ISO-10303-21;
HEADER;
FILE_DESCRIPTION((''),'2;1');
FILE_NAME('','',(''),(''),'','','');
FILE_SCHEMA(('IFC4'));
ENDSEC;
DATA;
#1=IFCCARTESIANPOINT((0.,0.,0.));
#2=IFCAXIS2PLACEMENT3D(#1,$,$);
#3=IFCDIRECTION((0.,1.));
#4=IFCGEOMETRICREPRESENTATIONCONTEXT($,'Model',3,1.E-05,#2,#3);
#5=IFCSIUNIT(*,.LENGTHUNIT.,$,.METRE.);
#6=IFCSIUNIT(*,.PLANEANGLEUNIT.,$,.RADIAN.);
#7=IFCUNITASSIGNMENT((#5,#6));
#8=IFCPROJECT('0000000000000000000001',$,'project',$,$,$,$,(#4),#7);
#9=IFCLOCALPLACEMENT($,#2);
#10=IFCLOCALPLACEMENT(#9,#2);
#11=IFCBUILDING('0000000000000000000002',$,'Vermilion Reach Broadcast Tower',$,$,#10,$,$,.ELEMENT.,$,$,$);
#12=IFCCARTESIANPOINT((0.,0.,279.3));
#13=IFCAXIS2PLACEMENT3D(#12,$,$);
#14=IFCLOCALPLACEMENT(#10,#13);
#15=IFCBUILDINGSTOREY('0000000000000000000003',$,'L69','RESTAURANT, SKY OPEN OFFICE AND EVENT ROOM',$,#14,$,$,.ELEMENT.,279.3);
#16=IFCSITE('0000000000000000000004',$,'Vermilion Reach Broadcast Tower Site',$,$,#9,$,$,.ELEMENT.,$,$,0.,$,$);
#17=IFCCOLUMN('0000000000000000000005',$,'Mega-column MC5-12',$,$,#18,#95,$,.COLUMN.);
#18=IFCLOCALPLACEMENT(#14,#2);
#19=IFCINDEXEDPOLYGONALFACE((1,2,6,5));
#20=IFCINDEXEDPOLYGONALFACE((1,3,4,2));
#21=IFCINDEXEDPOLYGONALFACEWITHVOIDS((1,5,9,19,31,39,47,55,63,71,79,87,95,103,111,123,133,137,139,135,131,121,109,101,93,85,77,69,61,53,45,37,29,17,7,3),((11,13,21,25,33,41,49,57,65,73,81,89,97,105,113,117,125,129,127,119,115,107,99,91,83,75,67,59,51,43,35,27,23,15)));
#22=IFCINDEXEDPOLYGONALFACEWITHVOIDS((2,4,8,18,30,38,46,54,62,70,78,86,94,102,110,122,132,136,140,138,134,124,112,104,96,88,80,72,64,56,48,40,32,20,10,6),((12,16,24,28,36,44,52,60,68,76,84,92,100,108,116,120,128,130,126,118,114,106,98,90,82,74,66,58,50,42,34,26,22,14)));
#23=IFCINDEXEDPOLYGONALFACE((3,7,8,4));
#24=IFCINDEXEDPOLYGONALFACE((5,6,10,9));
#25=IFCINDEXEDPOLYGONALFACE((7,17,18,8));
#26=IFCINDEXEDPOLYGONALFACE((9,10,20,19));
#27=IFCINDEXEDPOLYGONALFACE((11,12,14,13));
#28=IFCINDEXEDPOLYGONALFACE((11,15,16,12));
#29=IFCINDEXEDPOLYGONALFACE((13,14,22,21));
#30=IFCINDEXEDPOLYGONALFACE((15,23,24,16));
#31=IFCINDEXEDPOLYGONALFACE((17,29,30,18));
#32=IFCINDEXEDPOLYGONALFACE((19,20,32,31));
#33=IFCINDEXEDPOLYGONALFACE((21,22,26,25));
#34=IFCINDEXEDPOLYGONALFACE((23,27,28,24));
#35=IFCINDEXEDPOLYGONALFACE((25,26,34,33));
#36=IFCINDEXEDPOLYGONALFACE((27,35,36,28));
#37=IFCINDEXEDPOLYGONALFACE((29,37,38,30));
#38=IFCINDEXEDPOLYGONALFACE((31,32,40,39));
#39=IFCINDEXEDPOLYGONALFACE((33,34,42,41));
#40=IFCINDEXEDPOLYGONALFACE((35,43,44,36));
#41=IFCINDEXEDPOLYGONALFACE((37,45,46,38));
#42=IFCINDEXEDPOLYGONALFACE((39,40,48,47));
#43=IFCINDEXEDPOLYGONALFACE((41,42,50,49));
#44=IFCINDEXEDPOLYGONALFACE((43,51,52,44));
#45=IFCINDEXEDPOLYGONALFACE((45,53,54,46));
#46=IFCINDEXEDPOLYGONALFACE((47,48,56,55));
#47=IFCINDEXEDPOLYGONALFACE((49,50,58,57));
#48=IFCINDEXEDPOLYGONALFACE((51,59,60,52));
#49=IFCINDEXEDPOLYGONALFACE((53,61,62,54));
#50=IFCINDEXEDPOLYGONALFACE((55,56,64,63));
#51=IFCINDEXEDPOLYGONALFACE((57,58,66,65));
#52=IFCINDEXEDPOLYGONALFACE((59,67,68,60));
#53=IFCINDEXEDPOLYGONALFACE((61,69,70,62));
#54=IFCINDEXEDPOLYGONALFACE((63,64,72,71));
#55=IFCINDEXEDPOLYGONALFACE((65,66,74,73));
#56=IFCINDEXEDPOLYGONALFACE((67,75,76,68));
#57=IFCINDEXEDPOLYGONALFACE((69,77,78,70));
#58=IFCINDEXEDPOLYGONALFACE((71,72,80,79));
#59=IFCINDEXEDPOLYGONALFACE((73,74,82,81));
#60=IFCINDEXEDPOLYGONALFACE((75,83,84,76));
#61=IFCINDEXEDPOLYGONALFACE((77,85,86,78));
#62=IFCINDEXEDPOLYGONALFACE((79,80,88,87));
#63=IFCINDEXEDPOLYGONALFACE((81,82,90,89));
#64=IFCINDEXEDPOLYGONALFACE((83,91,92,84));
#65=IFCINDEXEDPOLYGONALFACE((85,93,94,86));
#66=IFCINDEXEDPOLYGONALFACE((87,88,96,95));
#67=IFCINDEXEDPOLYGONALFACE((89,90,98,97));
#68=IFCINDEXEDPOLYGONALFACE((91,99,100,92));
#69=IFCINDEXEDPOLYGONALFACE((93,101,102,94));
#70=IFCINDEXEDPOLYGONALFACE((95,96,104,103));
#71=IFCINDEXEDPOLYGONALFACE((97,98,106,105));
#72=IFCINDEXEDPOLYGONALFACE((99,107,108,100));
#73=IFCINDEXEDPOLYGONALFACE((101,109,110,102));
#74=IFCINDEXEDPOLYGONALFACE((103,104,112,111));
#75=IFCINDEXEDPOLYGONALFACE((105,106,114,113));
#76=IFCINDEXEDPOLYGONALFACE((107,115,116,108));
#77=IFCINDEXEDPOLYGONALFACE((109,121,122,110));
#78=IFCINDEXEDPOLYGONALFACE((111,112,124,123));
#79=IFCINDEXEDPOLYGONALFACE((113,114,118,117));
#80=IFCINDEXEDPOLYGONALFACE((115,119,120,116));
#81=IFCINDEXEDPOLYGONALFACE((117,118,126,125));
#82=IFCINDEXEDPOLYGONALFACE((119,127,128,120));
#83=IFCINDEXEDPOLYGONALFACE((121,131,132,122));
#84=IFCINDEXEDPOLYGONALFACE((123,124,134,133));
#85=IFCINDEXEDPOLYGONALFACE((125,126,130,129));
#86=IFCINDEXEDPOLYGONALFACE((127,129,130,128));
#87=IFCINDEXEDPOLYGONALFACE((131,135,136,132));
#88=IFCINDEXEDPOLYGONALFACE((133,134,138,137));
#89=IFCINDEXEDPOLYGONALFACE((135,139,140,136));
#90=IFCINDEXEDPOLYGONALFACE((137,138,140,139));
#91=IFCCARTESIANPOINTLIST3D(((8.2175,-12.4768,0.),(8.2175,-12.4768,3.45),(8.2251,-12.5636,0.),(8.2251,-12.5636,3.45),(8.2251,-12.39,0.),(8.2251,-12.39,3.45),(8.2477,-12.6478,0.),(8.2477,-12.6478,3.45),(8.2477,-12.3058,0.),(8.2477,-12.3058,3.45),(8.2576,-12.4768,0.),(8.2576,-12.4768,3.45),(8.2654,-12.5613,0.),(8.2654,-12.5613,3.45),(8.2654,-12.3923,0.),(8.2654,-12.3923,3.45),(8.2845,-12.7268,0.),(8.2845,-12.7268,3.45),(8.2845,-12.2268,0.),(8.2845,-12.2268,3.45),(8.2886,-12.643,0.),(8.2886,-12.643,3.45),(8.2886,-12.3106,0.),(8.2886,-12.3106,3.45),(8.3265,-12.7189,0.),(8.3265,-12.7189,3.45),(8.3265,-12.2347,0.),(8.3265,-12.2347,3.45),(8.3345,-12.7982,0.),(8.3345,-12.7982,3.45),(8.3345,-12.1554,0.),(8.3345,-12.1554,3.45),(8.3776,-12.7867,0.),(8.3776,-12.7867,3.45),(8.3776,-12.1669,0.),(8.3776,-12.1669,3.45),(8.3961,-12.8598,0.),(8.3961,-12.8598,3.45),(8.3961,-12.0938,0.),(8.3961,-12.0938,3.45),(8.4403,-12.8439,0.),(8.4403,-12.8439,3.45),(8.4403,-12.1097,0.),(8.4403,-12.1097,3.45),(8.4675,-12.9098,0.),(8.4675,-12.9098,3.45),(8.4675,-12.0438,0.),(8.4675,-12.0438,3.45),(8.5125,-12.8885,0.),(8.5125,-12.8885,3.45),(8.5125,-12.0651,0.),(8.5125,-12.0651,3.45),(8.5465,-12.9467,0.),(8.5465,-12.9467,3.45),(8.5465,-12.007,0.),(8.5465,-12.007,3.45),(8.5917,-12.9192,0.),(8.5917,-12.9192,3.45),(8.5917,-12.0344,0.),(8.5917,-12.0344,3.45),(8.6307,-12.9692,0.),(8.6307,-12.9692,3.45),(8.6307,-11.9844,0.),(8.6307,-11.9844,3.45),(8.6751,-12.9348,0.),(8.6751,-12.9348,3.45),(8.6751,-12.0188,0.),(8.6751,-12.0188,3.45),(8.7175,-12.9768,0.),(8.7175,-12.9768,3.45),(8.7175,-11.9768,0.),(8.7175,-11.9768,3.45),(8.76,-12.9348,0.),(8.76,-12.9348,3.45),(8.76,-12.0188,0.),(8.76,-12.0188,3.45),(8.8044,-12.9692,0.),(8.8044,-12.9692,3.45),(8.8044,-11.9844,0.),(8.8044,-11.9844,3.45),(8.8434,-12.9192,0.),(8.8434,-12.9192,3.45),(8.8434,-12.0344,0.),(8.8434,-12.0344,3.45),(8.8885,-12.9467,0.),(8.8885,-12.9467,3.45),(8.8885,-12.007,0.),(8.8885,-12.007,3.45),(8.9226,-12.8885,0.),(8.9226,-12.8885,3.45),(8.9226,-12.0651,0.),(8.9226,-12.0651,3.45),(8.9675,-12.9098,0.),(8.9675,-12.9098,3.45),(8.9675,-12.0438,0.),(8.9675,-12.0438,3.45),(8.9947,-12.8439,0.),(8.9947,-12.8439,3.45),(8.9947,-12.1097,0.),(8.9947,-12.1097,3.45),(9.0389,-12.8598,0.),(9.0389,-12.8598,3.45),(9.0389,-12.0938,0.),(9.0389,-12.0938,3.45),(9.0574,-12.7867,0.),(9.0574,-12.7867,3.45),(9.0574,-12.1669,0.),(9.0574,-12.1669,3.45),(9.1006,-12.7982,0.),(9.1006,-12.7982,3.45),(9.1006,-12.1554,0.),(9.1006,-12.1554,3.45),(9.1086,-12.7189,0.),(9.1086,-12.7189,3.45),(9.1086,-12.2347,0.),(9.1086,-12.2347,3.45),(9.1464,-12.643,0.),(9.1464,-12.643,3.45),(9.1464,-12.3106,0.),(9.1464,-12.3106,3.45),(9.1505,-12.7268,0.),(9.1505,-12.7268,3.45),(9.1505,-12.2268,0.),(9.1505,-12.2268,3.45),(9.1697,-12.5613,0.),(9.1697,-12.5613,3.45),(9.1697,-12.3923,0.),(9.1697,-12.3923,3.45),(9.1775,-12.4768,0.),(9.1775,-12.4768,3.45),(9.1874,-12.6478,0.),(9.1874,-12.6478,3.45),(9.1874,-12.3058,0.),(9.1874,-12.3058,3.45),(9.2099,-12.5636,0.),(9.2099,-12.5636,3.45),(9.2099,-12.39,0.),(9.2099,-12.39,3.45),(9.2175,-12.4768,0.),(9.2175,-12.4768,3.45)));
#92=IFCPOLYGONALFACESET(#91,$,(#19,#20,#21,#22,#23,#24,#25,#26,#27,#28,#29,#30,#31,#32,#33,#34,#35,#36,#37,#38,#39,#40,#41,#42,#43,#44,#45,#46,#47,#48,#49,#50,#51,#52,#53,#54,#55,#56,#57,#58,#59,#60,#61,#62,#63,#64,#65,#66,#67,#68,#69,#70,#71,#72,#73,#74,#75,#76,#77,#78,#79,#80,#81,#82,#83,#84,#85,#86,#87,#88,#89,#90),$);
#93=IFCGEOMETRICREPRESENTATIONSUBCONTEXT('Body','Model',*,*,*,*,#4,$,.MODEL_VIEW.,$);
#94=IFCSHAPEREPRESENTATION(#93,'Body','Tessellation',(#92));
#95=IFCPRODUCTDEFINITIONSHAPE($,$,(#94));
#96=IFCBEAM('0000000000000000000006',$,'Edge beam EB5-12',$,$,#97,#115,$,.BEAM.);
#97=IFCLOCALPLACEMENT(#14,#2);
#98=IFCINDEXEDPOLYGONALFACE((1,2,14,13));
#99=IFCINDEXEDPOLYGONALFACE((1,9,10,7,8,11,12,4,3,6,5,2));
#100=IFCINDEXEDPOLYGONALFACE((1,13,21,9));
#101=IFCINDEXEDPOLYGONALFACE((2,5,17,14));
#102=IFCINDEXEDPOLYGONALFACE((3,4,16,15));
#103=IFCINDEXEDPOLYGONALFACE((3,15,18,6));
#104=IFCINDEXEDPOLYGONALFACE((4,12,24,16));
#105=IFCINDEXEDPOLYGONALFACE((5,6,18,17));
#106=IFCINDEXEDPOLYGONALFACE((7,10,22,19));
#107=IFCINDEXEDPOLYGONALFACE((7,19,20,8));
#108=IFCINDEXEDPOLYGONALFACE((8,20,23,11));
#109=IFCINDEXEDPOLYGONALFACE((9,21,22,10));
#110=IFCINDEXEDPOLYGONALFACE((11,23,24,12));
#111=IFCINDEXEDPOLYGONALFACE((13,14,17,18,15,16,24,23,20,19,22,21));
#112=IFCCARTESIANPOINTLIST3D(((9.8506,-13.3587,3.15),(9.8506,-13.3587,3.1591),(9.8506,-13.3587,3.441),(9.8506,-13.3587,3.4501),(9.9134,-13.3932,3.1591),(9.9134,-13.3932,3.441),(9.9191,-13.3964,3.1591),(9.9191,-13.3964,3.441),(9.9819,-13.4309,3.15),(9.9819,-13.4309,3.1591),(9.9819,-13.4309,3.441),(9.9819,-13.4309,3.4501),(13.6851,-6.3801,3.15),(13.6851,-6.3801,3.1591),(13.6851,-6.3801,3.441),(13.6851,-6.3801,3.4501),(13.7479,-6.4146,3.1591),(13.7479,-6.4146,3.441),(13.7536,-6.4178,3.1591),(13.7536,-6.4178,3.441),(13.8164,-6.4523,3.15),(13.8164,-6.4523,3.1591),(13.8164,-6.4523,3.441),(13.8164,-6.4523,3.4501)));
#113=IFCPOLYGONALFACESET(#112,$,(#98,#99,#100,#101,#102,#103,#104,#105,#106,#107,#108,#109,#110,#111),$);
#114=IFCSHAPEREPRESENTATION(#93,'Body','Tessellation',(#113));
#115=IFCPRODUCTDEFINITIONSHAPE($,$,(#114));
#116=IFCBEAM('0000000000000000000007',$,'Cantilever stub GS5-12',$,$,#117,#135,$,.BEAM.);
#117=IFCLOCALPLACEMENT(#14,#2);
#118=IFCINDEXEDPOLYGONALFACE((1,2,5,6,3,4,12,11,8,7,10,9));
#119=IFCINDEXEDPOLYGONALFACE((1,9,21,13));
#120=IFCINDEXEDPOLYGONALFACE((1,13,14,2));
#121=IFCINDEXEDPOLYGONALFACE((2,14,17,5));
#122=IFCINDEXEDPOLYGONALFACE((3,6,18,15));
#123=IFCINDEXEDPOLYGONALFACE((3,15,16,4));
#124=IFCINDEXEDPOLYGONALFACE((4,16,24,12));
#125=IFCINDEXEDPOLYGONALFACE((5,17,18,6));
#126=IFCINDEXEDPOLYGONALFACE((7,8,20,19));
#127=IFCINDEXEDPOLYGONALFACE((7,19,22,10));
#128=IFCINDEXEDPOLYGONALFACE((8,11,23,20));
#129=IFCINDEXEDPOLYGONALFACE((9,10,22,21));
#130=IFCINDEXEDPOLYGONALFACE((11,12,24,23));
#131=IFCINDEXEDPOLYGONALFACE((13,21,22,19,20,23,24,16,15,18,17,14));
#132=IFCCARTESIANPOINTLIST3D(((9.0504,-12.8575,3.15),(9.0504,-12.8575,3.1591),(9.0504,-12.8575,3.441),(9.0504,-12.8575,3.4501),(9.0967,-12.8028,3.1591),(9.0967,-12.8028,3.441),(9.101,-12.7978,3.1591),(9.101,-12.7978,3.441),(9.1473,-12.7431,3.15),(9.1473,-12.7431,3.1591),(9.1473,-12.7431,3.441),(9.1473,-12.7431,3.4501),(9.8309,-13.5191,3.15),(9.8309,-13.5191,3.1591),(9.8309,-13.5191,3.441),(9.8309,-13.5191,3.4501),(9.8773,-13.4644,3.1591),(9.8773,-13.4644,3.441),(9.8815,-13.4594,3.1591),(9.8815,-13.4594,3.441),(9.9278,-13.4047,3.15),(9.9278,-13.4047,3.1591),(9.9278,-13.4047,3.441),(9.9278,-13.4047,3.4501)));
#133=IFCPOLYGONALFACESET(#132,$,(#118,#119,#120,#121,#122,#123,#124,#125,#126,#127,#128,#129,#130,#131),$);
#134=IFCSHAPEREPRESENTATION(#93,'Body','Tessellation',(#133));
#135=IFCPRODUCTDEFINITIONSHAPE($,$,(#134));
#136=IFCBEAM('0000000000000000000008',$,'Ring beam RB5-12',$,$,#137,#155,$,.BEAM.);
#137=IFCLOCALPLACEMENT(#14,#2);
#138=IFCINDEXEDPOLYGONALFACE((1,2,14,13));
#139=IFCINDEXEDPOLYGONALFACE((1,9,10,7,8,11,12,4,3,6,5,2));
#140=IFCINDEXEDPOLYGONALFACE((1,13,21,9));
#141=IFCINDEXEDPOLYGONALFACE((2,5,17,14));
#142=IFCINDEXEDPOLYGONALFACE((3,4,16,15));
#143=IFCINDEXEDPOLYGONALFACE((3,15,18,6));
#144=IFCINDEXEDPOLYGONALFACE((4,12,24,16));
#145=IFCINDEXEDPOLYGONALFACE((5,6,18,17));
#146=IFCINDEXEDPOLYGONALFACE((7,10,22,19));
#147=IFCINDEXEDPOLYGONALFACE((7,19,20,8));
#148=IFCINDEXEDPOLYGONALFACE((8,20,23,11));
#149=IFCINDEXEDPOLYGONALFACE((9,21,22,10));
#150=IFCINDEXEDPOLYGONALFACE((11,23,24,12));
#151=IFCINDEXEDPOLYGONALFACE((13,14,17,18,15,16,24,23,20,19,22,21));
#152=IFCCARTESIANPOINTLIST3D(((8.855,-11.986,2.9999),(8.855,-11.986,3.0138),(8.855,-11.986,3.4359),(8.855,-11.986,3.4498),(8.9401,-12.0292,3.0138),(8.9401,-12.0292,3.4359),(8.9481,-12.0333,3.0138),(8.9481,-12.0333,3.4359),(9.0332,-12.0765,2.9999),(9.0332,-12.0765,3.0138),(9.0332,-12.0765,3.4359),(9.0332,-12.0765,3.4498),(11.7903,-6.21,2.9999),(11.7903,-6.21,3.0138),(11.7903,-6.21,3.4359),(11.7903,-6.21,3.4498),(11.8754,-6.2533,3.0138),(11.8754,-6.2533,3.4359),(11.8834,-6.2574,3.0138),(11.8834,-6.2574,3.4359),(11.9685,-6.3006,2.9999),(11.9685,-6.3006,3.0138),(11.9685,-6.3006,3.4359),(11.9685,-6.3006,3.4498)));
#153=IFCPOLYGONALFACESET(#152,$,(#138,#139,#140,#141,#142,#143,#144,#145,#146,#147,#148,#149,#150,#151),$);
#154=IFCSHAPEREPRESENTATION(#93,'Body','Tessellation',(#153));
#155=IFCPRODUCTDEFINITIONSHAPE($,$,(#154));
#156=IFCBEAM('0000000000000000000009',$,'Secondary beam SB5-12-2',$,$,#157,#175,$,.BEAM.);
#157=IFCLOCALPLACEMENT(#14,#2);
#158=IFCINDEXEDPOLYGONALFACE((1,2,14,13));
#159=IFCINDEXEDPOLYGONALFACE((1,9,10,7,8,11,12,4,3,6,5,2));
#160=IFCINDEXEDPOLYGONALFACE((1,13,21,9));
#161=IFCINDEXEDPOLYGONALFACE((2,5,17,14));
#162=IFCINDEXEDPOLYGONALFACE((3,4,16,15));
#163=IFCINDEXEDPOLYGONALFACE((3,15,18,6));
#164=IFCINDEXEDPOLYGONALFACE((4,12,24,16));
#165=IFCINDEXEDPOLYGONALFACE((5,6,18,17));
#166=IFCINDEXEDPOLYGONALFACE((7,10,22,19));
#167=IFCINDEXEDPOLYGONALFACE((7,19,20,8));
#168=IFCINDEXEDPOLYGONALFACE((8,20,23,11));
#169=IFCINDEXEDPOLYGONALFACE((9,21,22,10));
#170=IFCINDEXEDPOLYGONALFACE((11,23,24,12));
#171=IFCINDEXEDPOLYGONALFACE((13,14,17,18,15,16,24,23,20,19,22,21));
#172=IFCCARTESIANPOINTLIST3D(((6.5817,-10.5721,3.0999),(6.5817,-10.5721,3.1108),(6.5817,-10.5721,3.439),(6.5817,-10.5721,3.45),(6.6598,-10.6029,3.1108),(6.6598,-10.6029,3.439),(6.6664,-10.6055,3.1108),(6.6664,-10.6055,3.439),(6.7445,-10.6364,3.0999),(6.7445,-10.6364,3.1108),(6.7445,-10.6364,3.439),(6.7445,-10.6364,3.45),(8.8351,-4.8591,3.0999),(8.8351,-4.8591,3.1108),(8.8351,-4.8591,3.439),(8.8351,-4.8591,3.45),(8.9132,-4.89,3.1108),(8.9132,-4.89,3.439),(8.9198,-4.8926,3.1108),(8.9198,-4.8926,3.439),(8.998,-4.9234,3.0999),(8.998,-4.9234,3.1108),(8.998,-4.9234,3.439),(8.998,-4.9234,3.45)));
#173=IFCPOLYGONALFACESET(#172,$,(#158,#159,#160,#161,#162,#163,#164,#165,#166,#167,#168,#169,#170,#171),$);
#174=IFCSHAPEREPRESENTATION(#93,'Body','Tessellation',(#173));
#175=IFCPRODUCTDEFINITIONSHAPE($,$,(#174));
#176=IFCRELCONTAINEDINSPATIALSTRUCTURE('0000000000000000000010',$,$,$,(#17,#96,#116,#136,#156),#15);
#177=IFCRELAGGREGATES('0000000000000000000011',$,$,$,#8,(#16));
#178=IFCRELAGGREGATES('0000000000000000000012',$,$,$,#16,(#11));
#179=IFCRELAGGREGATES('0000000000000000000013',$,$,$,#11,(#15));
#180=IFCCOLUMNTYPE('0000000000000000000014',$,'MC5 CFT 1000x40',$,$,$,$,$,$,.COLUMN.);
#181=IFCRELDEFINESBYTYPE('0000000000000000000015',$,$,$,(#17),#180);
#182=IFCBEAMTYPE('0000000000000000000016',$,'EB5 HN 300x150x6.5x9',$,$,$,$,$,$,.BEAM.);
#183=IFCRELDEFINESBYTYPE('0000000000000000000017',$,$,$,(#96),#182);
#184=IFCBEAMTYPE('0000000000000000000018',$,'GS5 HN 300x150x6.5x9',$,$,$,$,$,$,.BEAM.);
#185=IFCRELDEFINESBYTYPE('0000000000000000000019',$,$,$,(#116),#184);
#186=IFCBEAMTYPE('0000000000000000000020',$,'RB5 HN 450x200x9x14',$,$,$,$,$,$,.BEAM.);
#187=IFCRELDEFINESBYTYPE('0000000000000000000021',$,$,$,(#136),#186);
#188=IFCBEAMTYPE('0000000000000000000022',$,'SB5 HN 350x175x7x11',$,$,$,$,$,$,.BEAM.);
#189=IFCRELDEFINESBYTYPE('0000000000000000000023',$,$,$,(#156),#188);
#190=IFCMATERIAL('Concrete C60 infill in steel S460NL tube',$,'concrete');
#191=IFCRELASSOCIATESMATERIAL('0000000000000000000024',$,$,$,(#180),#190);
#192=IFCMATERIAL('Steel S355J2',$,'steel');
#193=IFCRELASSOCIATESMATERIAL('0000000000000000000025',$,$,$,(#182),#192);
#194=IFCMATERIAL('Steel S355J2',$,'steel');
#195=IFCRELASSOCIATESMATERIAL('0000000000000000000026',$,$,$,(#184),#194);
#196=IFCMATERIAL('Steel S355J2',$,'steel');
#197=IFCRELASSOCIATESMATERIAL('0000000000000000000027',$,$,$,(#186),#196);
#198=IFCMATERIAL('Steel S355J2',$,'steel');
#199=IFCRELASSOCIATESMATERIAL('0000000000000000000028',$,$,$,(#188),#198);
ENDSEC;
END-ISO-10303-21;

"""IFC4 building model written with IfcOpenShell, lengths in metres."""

from ifc_helpers import new_model, si_unit, direction, frame, origin, origin_2d, place, context, subcontext, project, spatial, hollow_circle, i_section, extrude, material, material_profile, profile_set, type_object, element, save


model = new_model("IFC4")

# Units and contexts
model_context = context("Model", 3, precision=1e-05, world=origin(), true_north=direction((0.0, 1.0)))
body_context = subcontext(model_context, "Body", "Model", "MODEL_VIEW")
ifc_project = project(units=[si_unit("LENGTHUNIT", "METRE"), si_unit("PLANEANGLEUNIT", "RADIAN")], contexts=[model_context])

# Site, building, storey
site_placement = place(None, origin())
site = spatial("IfcSite", under=ifc_project, at=site_placement, Name="Vermilion Reach Broadcast Tower Site", CompositionType="ELEMENT", RefElevation=0.0)
building_placement = place(site_placement, origin())
building = spatial("IfcBuilding", under=site, at=building_placement, Name="Vermilion Reach Broadcast Tower", CompositionType="ELEMENT")
storey_placement = place(building_placement, frame((0.0, 0.0, 279.3)))
storey = spatial("IfcBuildingStorey", under=building, at=storey_placement, Name="L69", Description="RESTAURANT, SKY OPEN OFFICE AND EVENT ROOM", CompositionType="ELEMENT", Elevation=279.3)

# Column
ifc_material_1 = material(Name="Concrete C60 infill in steel S460NL tube", Category="concrete")
ifc_material_profile_1 = material_profile(ifc_material_1, hollow_circle(Radius=0.5, WallThickness=0.04, at=origin_2d()), Name="Concrete C60 infill in steel S460NL tube CFT 1000x40")
ifc_profile_set_1 = profile_set([ifc_material_profile_1], Name="Concrete C60 infill in steel S460NL tube")
column_type = type_object("IfcColumnType", Name="MC5 CFT 1000x40", PredefinedType="COLUMN", material=ifc_profile_set_1)
column_placement = place(storey_placement, frame((8.7175, -12.4768, 0.0), z_axis=(0.0, 0.0, 1.0), x_axis=(1.0, 0.0, 0.0)))
element("IfcColumn", 1, at=column_placement, inside=storey, type_object=column_type, Name="Mega-column MC5-12", PredefinedType="COLUMN", context=body_context, shape_type="SweptSolid", body=[
    extrude(hollow_circle(Radius=0.5, WallThickness=0.04, at=origin_2d()), origin(), (0.0, 0.0, 1.0), 3.45),
])

# Beams
ifc_material_2 = material(Name="Steel S355J2", Category="steel")
ifc_material_profile_2 = material_profile(ifc_material_2, i_section(OverallWidth=0.1499, OverallDepth=0.3, WebThickness=0.0066, FlangeThickness=0.009, at=origin_2d()), Name="S355J2 HN 300x150x6.5x9")
ifc_profile_set_2 = profile_set([ifc_material_profile_2], Name="Steel S355J2")
beam_type_1 = type_object("IfcBeamType", Name="EB5 HN 300x150x6.5x9", PredefinedType="BEAM", material=ifc_profile_set_2)
beam_1_placement = place(storey_placement, frame((9.9163, -13.3948, 3.3), z_axis=(0.481561, 0.876413, 0.0), x_axis=(-0.876413, 0.481561, 0.0)))
element("IfcBeam", 2, at=beam_1_placement, inside=storey, type_object=beam_type_1, Name="Edge beam EB5-12", PredefinedType="BEAM", context=body_context, shape_type="SweptSolid", body=[
    extrude(i_section(OverallWidth=0.1499, OverallDepth=0.3, WebThickness=0.0066, FlangeThickness=0.009, at=origin_2d()), origin(), (0.0, 0.0, 1.0), 7.9626),
])
ifc_material_3 = material(Name="Steel S355J2", Category="steel")
ifc_material_profile_3 = material_profile(ifc_material_3, i_section(OverallWidth=0.1499, OverallDepth=0.3, WebThickness=0.0066, FlangeThickness=0.009, at=origin_2d()), Name="S355J2 HN 300x150x6.5x9")
ifc_profile_set_3 = profile_set([ifc_material_profile_3], Name="Steel S355J2")
beam_type_2 = type_object("IfcBeamType", Name="GS5 HN 300x150x6.5x9", PredefinedType="BEAM", material=ifc_profile_set_3)
beam_2_placement = place(storey_placement, frame((9.0989, -12.8003, 3.3), z_axis=(0.762816, -0.646616, 0.0), x_axis=(0.646616, 0.762816, 0.0)))
element("IfcBeam", 3, at=beam_2_placement, inside=storey, type_object=beam_type_2, Name="Cantilever stub GS5-12", PredefinedType="BEAM", context=body_context, shape_type="SweptSolid", body=[
    extrude(i_section(OverallWidth=0.1499, OverallDepth=0.3, WebThickness=0.0066, FlangeThickness=0.009, at=origin_2d()), origin(), (0.0, 0.0, 1.0), 1.0232),
])
ifc_material_4 = material(Name="Steel S355J2", Category="steel")
ifc_material_profile_4 = material_profile(ifc_material_4, i_section(OverallWidth=0.2, OverallDepth=0.45, WebThickness=0.009, FlangeThickness=0.0139, at=origin_2d()), Name="S355J2 HN 450x200x9x14")
ifc_profile_set_4 = profile_set([ifc_material_profile_4], Name="Steel S355J2")
beam_type_3 = type_object("IfcBeamType", Name="RB5 HN 450x200x9x14", PredefinedType="BEAM", material=ifc_profile_set_4)
beam_3_placement = place(storey_placement, frame((8.9441, -12.0312, 3.2249), z_axis=(0.453052, 0.891484, 0.0), x_axis=(-0.891484, 0.453052, 0.0)))
element("IfcBeam", 4, at=beam_3_placement, inside=storey, type_object=beam_type_3, Name="Ring beam RB5-12", PredefinedType="BEAM", context=body_context, shape_type="SweptSolid", body=[
    extrude(i_section(OverallWidth=0.2, OverallDepth=0.45, WebThickness=0.009, FlangeThickness=0.0139, at=origin_2d()), origin(), (0.0, 0.0, 1.0), 6.479),
])
ifc_material_5 = material(Name="Steel S355J2", Category="steel")
ifc_material_profile_5 = material_profile(ifc_material_5, i_section(OverallWidth=0.175, OverallDepth=0.3501, WebThickness=0.0071, FlangeThickness=0.011, at=origin_2d()), Name="S355J2 HN 350x175x7x11")
ifc_profile_set_5 = profile_set([ifc_material_profile_5], Name="Steel S355J2")
beam_type_4 = type_object("IfcBeamType", Name="SB5 HN 350x175x7x11", PredefinedType="BEAM", material=ifc_profile_set_5)
beam_4_placement = place(storey_placement, frame((6.6631, -10.6042, 3.2749), z_axis=(0.366931, 0.930248, 0.0), x_axis=(-0.930248, 0.366931, 0.0)))
element("IfcBeam", 5, at=beam_4_placement, inside=storey, type_object=beam_type_4, Name="Secondary beam SB5-12-2", PredefinedType="BEAM", context=body_context, shape_type="SweptSolid", body=[
    extrude(i_section(OverallWidth=0.175, OverallDepth=0.3501, WebThickness=0.0071, FlangeThickness=0.011, at=origin_2d()), origin(), (0.0, 0.0, 1.0), 6.1414),
])

save(model, "model.ifc")
